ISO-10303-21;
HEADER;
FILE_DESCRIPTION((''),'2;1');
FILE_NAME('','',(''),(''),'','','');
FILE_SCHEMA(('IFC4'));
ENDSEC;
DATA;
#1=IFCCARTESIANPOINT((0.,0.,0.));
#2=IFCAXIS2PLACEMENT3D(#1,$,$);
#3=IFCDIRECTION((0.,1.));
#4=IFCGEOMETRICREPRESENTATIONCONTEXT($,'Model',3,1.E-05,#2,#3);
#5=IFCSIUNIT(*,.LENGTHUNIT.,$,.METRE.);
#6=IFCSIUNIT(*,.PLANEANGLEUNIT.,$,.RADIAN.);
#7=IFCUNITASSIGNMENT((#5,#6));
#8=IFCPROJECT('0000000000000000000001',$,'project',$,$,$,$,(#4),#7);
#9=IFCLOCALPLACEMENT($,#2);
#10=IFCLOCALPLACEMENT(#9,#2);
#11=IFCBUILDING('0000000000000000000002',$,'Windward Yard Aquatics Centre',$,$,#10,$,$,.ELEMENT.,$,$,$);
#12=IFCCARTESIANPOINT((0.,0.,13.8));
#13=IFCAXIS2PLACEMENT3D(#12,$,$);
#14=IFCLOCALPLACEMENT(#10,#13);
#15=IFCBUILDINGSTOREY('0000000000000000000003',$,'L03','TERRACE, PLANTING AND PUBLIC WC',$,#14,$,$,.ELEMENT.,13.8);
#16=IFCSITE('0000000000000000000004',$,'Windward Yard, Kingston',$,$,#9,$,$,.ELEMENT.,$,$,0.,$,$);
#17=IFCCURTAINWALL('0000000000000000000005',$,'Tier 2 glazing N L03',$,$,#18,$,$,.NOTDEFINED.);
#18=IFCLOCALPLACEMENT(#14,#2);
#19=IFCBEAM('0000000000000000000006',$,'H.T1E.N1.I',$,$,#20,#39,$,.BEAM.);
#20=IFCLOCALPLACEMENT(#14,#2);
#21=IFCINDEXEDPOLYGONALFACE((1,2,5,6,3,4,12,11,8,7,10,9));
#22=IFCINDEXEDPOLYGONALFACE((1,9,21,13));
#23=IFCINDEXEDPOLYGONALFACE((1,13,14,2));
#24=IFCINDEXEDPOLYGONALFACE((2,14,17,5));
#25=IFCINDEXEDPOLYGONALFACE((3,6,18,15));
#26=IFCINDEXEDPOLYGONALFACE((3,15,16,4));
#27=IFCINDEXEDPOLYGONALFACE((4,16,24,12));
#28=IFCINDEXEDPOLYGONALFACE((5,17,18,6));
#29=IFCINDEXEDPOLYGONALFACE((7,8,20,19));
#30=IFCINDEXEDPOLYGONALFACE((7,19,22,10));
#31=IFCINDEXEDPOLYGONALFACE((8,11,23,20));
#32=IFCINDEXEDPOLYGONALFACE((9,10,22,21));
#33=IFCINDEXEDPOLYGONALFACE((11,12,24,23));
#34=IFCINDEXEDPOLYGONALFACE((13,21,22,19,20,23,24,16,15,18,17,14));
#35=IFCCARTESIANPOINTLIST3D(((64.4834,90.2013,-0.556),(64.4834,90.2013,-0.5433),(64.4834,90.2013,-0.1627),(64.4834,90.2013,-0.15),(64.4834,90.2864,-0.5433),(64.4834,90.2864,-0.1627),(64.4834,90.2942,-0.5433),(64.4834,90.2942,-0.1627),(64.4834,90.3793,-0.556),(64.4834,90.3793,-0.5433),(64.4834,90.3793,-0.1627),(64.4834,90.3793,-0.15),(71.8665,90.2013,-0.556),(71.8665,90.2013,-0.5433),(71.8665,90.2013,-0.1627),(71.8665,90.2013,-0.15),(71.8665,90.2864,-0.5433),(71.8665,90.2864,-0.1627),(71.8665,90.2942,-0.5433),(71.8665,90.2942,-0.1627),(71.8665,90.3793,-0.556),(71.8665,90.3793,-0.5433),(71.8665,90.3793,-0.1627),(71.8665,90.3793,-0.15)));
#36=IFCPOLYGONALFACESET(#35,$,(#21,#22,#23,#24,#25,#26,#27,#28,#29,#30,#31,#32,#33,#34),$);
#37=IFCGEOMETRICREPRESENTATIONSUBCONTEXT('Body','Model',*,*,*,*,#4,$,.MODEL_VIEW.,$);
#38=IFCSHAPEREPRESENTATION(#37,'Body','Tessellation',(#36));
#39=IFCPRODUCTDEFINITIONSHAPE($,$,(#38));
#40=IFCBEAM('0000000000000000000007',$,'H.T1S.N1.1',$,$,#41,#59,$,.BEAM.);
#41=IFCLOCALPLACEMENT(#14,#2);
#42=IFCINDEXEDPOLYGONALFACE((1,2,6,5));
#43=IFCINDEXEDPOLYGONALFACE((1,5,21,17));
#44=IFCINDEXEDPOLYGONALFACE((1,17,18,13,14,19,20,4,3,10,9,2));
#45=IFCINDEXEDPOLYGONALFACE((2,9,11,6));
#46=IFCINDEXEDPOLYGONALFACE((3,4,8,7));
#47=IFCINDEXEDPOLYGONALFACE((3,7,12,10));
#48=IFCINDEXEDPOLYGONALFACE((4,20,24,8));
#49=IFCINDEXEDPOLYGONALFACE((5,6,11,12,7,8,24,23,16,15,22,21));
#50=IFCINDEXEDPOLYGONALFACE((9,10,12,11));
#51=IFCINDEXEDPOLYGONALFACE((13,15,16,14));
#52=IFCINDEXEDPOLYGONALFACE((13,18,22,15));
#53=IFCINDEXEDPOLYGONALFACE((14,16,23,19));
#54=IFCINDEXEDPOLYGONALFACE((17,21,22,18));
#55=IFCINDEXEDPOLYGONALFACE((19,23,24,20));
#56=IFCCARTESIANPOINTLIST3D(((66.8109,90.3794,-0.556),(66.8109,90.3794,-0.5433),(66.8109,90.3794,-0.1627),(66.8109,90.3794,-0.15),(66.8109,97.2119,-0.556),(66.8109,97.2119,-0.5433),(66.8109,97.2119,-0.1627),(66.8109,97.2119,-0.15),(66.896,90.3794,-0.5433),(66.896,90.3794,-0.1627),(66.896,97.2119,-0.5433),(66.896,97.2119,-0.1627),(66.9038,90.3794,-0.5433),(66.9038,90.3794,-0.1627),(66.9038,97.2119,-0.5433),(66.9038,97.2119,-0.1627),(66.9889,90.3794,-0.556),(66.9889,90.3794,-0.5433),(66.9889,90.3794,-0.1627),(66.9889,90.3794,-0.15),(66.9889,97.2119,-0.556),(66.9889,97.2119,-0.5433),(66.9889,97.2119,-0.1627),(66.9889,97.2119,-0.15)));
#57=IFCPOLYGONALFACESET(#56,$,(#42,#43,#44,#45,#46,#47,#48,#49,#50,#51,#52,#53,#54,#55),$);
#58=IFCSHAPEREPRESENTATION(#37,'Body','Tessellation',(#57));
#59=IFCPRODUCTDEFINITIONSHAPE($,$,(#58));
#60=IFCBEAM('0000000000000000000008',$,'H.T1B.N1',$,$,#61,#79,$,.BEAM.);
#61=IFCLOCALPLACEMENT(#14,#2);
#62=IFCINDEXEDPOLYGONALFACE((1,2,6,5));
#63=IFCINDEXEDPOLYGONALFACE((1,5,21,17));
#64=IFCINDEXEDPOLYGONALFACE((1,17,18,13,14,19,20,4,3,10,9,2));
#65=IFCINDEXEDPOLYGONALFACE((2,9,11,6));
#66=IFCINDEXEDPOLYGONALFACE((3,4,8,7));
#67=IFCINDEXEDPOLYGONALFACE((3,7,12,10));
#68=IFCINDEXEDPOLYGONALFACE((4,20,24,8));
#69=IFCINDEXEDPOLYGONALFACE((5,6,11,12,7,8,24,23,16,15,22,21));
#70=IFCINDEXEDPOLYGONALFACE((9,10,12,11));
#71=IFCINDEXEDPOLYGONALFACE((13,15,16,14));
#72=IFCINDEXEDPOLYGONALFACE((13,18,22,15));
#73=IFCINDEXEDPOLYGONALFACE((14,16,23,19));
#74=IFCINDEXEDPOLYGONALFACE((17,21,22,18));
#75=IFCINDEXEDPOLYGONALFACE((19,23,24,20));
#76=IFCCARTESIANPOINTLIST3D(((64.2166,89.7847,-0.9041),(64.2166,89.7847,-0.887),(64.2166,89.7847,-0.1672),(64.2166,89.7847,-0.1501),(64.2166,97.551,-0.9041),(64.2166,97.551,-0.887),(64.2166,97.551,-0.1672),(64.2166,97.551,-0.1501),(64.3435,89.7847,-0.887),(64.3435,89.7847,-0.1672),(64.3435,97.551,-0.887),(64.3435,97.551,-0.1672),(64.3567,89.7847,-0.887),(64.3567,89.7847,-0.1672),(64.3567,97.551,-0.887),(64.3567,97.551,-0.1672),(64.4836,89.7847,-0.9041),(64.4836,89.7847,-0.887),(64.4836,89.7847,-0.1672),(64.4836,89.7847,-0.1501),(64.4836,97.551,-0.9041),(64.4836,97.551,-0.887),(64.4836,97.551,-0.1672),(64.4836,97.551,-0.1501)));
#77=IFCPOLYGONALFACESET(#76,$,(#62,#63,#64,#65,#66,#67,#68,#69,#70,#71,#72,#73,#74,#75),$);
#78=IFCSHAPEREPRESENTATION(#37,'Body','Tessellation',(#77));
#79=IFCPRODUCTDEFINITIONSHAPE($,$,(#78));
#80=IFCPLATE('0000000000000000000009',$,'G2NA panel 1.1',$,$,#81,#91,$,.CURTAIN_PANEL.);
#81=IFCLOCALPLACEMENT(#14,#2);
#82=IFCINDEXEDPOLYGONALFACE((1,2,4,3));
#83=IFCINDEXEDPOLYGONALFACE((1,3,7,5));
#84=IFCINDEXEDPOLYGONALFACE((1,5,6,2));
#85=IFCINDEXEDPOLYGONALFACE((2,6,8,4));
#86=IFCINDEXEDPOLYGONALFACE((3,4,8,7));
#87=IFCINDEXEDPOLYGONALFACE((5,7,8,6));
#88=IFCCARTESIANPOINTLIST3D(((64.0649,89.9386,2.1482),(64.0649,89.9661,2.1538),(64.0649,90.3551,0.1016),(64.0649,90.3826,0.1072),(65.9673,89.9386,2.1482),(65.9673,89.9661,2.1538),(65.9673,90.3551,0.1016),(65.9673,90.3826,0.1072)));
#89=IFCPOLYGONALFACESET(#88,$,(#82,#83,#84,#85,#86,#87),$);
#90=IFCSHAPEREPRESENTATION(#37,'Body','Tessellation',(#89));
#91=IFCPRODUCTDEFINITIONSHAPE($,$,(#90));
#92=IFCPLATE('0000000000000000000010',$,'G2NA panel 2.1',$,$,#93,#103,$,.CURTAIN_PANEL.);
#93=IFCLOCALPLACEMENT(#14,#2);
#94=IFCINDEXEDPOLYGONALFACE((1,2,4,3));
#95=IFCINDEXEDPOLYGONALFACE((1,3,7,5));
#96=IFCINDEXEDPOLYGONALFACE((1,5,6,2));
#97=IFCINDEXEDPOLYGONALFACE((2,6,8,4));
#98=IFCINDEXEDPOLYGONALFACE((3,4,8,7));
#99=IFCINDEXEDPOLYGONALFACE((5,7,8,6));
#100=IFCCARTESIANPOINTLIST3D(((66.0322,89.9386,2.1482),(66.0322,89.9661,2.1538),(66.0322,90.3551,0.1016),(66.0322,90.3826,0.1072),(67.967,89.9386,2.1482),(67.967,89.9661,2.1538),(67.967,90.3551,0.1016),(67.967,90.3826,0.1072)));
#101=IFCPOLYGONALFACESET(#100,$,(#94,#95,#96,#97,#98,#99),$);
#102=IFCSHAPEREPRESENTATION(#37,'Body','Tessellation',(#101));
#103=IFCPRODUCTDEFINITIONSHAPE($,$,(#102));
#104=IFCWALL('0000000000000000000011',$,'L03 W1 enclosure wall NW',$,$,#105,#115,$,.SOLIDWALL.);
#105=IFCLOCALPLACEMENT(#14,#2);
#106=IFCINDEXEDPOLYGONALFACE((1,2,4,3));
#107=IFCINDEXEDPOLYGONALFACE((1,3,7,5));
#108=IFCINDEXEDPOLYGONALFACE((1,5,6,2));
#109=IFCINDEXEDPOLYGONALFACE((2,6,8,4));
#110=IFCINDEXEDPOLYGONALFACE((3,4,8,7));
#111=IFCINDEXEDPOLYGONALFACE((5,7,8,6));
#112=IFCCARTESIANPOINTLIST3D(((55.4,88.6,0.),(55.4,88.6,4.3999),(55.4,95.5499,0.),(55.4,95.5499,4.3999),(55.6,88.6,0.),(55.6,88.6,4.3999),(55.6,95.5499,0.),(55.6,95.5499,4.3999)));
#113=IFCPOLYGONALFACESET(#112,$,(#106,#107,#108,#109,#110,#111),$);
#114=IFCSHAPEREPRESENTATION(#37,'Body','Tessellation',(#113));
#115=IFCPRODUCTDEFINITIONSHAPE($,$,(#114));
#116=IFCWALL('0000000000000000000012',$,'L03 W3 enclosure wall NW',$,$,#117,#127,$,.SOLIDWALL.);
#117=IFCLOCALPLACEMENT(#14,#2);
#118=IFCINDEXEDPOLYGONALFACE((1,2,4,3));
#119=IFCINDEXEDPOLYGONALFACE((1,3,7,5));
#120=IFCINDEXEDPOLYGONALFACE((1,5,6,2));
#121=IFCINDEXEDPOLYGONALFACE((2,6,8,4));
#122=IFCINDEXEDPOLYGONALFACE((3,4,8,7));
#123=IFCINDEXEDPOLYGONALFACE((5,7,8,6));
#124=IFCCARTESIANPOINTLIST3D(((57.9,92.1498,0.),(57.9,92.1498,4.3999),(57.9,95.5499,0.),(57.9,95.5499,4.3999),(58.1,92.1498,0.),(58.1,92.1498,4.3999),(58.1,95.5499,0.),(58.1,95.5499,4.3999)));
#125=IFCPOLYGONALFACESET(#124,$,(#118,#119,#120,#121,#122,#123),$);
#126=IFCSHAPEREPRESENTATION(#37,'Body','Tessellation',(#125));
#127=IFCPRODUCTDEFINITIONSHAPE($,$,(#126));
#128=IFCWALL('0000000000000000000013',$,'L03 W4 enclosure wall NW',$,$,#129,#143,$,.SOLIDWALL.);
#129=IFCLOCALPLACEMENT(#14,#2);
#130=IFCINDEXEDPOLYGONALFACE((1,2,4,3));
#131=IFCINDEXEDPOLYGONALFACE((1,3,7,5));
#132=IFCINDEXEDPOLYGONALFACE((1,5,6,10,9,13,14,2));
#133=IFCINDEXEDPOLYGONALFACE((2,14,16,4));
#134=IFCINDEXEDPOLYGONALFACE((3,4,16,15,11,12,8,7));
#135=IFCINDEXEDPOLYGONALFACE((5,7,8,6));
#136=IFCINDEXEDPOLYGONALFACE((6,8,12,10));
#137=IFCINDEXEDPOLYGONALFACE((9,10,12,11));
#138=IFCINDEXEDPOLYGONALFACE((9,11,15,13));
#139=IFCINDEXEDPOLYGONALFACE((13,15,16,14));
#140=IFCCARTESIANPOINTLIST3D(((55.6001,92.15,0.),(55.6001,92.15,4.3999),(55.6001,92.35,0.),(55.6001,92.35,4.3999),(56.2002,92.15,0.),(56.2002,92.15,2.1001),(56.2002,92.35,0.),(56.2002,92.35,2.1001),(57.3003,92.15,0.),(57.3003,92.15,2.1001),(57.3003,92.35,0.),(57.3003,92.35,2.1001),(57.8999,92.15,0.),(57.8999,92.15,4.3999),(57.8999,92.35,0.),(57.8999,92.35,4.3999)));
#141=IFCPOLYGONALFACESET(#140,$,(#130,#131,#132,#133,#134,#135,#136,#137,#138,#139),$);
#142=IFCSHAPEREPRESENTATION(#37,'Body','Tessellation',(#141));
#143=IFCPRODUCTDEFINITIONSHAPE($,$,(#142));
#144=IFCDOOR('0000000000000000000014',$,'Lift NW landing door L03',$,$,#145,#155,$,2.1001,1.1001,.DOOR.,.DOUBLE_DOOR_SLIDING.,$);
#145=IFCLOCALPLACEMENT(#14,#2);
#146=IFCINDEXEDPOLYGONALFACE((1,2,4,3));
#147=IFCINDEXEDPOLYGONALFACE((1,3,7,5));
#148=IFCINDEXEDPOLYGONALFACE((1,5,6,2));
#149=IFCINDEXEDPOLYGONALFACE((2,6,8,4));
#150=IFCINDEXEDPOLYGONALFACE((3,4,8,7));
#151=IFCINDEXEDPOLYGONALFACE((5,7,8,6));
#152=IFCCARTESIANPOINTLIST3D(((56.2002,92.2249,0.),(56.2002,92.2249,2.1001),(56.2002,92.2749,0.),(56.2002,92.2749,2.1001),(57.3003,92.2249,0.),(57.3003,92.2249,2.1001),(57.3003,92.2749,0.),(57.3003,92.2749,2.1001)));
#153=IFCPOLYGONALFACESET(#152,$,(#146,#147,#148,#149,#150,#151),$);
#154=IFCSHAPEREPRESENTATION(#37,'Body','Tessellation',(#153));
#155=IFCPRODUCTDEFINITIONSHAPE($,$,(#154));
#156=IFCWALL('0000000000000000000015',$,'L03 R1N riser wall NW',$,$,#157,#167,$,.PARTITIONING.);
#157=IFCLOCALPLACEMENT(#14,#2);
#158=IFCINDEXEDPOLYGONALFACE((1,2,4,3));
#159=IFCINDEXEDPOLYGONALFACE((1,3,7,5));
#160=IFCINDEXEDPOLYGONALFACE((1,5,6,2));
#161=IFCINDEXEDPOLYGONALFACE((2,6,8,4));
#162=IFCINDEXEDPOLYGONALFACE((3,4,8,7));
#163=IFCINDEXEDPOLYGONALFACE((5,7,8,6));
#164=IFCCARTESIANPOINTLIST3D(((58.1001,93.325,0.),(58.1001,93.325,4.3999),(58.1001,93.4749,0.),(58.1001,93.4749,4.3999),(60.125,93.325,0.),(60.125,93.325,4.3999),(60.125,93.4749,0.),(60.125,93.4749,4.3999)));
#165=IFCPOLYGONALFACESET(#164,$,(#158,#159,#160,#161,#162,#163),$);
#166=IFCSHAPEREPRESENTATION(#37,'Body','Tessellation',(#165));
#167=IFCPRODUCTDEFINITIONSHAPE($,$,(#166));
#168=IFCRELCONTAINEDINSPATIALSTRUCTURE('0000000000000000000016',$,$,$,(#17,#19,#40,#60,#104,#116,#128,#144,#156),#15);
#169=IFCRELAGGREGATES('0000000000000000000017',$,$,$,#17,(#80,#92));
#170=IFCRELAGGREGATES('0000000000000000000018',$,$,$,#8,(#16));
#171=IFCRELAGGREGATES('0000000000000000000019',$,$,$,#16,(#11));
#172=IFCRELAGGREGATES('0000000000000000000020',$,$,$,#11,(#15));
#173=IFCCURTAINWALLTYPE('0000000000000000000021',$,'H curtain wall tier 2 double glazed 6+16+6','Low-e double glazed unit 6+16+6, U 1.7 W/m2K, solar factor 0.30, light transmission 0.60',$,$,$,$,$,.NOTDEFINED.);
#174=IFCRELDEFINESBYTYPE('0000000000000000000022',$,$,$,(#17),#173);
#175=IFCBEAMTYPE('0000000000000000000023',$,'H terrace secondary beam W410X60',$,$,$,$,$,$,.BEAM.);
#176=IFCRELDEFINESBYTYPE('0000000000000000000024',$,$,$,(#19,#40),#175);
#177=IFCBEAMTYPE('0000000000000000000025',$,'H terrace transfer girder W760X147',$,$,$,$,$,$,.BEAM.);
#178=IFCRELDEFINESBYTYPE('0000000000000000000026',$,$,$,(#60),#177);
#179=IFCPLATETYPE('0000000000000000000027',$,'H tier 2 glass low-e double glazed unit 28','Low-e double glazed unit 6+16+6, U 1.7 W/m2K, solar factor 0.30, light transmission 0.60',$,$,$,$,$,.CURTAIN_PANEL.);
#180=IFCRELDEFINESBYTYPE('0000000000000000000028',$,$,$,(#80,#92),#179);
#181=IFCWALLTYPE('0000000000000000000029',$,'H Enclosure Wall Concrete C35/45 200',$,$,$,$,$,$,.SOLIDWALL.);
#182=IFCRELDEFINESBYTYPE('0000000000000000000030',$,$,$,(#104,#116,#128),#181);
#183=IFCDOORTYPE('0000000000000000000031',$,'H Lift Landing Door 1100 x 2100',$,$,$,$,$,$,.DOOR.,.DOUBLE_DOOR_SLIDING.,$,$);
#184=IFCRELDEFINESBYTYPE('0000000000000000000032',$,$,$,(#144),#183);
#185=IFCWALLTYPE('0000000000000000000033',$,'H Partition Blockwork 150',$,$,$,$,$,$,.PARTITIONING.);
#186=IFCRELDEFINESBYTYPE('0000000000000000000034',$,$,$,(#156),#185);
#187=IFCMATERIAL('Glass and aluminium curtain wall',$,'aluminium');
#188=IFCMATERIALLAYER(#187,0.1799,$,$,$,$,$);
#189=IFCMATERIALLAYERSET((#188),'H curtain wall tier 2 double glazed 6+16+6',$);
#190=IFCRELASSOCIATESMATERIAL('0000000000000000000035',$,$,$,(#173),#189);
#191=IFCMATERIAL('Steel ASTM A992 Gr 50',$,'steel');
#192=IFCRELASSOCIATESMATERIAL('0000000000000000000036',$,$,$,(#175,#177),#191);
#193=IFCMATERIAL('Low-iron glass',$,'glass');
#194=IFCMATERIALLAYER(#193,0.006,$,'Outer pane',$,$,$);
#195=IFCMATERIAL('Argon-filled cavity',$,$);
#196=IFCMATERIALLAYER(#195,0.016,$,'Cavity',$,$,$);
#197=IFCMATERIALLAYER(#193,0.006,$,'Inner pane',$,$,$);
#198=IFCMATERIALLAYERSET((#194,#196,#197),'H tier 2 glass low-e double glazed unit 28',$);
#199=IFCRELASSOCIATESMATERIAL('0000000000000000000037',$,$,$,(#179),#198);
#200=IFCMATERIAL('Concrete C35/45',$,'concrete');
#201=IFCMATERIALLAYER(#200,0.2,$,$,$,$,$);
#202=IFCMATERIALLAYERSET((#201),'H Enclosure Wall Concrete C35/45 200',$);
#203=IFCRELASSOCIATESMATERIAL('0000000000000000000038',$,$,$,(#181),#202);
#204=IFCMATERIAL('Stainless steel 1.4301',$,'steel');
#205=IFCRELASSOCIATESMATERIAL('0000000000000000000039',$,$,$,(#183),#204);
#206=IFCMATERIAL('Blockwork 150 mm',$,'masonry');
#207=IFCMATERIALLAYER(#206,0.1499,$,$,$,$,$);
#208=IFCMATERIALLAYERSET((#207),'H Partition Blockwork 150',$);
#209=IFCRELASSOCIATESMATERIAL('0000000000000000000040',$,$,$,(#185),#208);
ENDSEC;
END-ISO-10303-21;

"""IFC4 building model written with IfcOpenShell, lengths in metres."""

from ifc_helpers import new_model, si_unit, direction, frame, frame_2d, origin, origin_2d, place, context, subcontext, project, spatial, polyline, rectangle, i_section, outline, extrude, material, layer, layer_set, material_profile, profile_set, type_object, element, fill, aggregate, save


model = new_model("IFC4")

# Units and contexts
model_context = context("Model", 3, precision=1e-05, world=origin(), true_north=direction((0.0, 1.0)))
body_context = subcontext(model_context, "Body", "Model", "MODEL_VIEW")
ifc_project = project(units=[si_unit("LENGTHUNIT", "METRE"), si_unit("PLANEANGLEUNIT", "RADIAN")], contexts=[model_context])

# Site, building, storey
site_placement = place(None, origin())
site = spatial("IfcSite", under=ifc_project, at=site_placement, Name="Windward Yard, Kingston", CompositionType="ELEMENT", RefElevation=0.0)
building_placement = place(site_placement, origin())
building = spatial("IfcBuilding", under=site, at=building_placement, Name="Windward Yard Aquatics Centre", CompositionType="ELEMENT")
storey_placement = place(building_placement, frame((0.0, 0.0, 13.8)))
storey = spatial("IfcBuildingStorey", under=building, at=storey_placement, Name="L03", Description="TERRACE, PLANTING AND PUBLIC WC", CompositionType="ELEMENT", Elevation=13.8)

# Curtain wall
ifc_material_1 = material(Name="Glass and aluminium curtain wall", Category="aluminium")
ifc_layer_1 = layer(ifc_material_1, 0.1799)
ifc_layer_set_1 = layer_set([ifc_layer_1], Name="H curtain wall tier 2 double glazed 6+16+6")
curtain_wall_type = type_object("IfcCurtainWallType", Name="H curtain wall tier 2 double glazed 6+16+6", Description="Low-e double glazed unit 6+16+6, U 1.7 W/m2K, solar factor 0.30, light transmission 0.60", PredefinedType="NOTDEFINED", material=ifc_layer_set_1)
curtain_wall_placement = place(storey_placement, origin())
curtain_wall = element("IfcCurtainWall", 1, at=curtain_wall_placement, inside=storey, type_object=curtain_wall_type, Name="Tier 2 glazing N L03", PredefinedType="NOTDEFINED")

# Beams
ifc_material_2 = material(Name="Steel ASTM A992 Gr 50", Category="steel")
ifc_material_profile_1 = material_profile(ifc_material_2, i_section(OverallWidth=0.178, OverallDepth=0.406, WebThickness=0.0078, FlangeThickness=0.0127, at=origin_2d()), Name="W410X60")
ifc_profile_set_1 = profile_set([ifc_material_profile_1], Name="Steel ASTM A992 Gr 50")
beam_type_1 = type_object("IfcBeamType", Name="H terrace secondary beam W410X60", PredefinedType="BEAM", material=ifc_profile_set_1)
for number, where, z_axis, x_axis, name in (
    (2, (64.4834, 90.2903, -0.353), (1.0, 0.0, 0.0), (0.0, 1.0, 0.0), "H.T1E.N1.I"),
):
    element("IfcBeam", number, at=place(storey_placement, frame(where, z_axis=z_axis, x_axis=x_axis)), inside=storey, type_object=beam_type_1, Name=name, PredefinedType="BEAM", context=body_context, shape_type="SweptSolid", body=[
        extrude(i_section(OverallWidth=0.178, OverallDepth=0.406, WebThickness=0.0078, FlangeThickness=0.0127, at=origin_2d()), origin(), (0.0, 0.0, 1.0), 7.3831),
    ])
beam_1_placement = place(storey_placement, frame((66.8999, 97.2119, -0.353), z_axis=(0.0, -1.0, 0.0), x_axis=(1.0, 0.0, 0.0)))
element("IfcBeam", 3, at=beam_1_placement, inside=storey, type_object=beam_type_1, Name="H.T1S.N1.1", PredefinedType="BEAM", context=body_context, shape_type="SweptSolid", body=[
    extrude(i_section(OverallWidth=0.178, OverallDepth=0.406, WebThickness=0.0078, FlangeThickness=0.0127, at=origin_2d()), origin(), (0.0, 0.0, 1.0), 6.8325),
])
ifc_material_profile_2 = material_profile(ifc_material_2, i_section(OverallWidth=0.2671, OverallDepth=0.7539, WebThickness=0.0132, FlangeThickness=0.0171, at=origin_2d()), Name="W760X147")
ifc_profile_set_2 = profile_set([ifc_material_profile_2], Name="Steel ASTM A992 Gr 50")
beam_type_2 = type_object("IfcBeamType", Name="H terrace transfer girder W760X147", PredefinedType="BEAM", material=ifc_profile_set_2)
beam_2_placement = place(storey_placement, frame((64.3501, 97.551, -0.5271), z_axis=(0.0, -1.0, 0.0), x_axis=(1.0, 0.0, 0.0)))
element("IfcBeam", 4, at=beam_2_placement, inside=storey, type_object=beam_type_2, Name="H.T1B.N1", PredefinedType="BEAM", context=body_context, shape_type="SweptSolid", body=[
    extrude(i_section(OverallWidth=0.2671, OverallDepth=0.7539, WebThickness=0.0132, FlangeThickness=0.0171, at=origin_2d()), origin(), (0.0, 0.0, 1.0), 7.7664),
])

# Plates
ifc_material_3 = material(Name="Low-iron glass", Category="glass")
ifc_layer_2 = layer(ifc_material_3, 0.006, Name="Outer pane")
ifc_material_4 = material(Name="Argon-filled cavity")
ifc_layer_3 = layer(ifc_material_4, 0.016, Name="Cavity")
ifc_layer_4 = layer(ifc_material_3, 0.006, Name="Inner pane")
ifc_layer_set_2 = layer_set([ifc_layer_2, ifc_layer_3, ifc_layer_4], Name="H tier 2 glass low-e double glazed unit 28")
plate_type = type_object("IfcPlateType", Name="H tier 2 glass low-e double glazed unit 28", Description="Low-e double glazed unit 6+16+6, U 1.7 W/m2K, solar factor 0.30, light transmission 0.60", PredefinedType="CURTAIN_PANEL", material=ifc_layer_set_2)
plate_1_placement = place(storey_placement, frame((64.0649, 89.9661, 2.1538), z_axis=(0.0, 0.979914, 0.199419), x_axis=(0.0, 0.199419, -0.979914)))
plate_1 = element("IfcPlate", 5, at=plate_1_placement, type_object=plate_type, Name="G2NA panel 1.1", PredefinedType="CURTAIN_PANEL", context=body_context, shape_type="SweptSolid", body=[
    extrude(outline(polyline([(0.0, 0.0), (2.0886, 0.0), (2.0886, -1.9023), (0.0, -1.9023), (0.0, 0.0)])), origin(), (0.0, 0.0, -1.0), 0.0281),
])
plate_2_placement = place(storey_placement, frame((66.0322, 89.9661, 2.1538), z_axis=(0.0, 0.979914, 0.199419), x_axis=(0.0, 0.199419, -0.979914)))
plate_2 = element("IfcPlate", 6, at=plate_2_placement, type_object=plate_type, Name="G2NA panel 2.1", PredefinedType="CURTAIN_PANEL", context=body_context, shape_type="SweptSolid", body=[
    extrude(outline(polyline([(0.0, 0.0), (2.0886, 0.0), (2.0886, -1.9348), (0.0, -1.9348), (0.0, 0.0)])), origin(), (0.0, 0.0, -1.0), 0.0281),
])
aggregate(curtain_wall, [plate_1, plate_2])

# Walls
ifc_material_5 = material(Name="Concrete C35/45", Category="concrete")
ifc_layer_5 = layer(ifc_material_5, 0.2)
ifc_layer_set_3 = layer_set([ifc_layer_5], Name="H Enclosure Wall Concrete C35/45 200")
wall_type_1 = type_object("IfcWallType", Name="H Enclosure Wall Concrete C35/45 200", PredefinedType="SOLIDWALL", material=ifc_layer_set_3)
wall_1_placement = place(storey_placement, frame((55.5, 95.55, 0.0), z_axis=(0.0, 0.0, 1.0), x_axis=(0.0, -1.0, 0.0)))
element("IfcWall", 7, at=wall_1_placement, inside=storey, type_object=wall_type_1, Name="L03 W1 enclosure wall NW", PredefinedType="SOLIDWALL", context=body_context, shape_type="SweptSolid", body=[
    extrude(rectangle(XDim=6.95, YDim=0.2, at=frame_2d((3.4751, 0.0))), origin(), (0.0, 0.0, 1.0), 4.3999),
])
wall_2_placement = place(storey_placement, frame((58.0, 95.55, 0.0), z_axis=(0.0, 0.0, 1.0), x_axis=(0.0, -1.0, 0.0)))
element("IfcWall", 8, at=wall_2_placement, inside=storey, type_object=wall_type_1, Name="L03 W3 enclosure wall NW", PredefinedType="SOLIDWALL", context=body_context, shape_type="SweptSolid", body=[
    extrude(rectangle(XDim=3.4001, YDim=0.2, at=frame_2d((1.7002, 0.0))), origin(), (0.0, 0.0, 1.0), 4.3999),
])

# Wall, opening, door
wall_3_placement = place(storey_placement, frame((55.6001, 92.25, 0.0), z_axis=(0.0, 0.0, 1.0), x_axis=(1.0, 0.0, 0.0)))
wall_3 = element("IfcWall", 9, at=wall_3_placement, inside=storey, type_object=wall_type_1, Name="L03 W4 enclosure wall NW", PredefinedType="SOLIDWALL", context=body_context, shape_type="SweptSolid", body=[
    extrude(rectangle(XDim=2.2998, YDim=0.2, at=frame_2d((1.1499, 0.0))), origin(), (0.0, 0.0, 1.0), 4.3999),
])
opening_1_placement = place(wall_3_placement, frame((0.6001, 0.0, 0.0)))
opening_1 = element("IfcOpeningElement", 10, at=opening_1_placement, cuts=wall_3, PredefinedType="OPENING", context=body_context, shape_type="SweptSolid", body=[
    extrude(rectangle(XDim=1.1001, YDim=2.1001, at=frame_2d((0.55, 1.05))), frame((0.0, 0.1099, 0.0), z_axis=(0.0, -1.0, 0.0), x_axis=(1.0, 0.0, 0.0)), (0.0, 0.0, 1.0), 0.22),
])
ifc_material_6 = material(Name="Stainless steel 1.4301", Category="steel")
door_type_1 = type_object("IfcDoorType", Name="H Lift Landing Door 1100 x 2100", OperationType="DOUBLE_DOOR_SLIDING", PredefinedType="DOOR", material=ifc_material_6)
door_1_placement = place(opening_1_placement, origin())
door_1 = element("IfcDoor", 11, at=door_1_placement, inside=storey, type_object=door_type_1, Name="Lift NW landing door L03", OperationType="DOUBLE_DOOR_SLIDING", OverallHeight=2.1001, OverallWidth=1.1001, PredefinedType="DOOR", context=body_context, shape_type="SweptSolid", body=[
    extrude(rectangle(XDim=1.1001, YDim=2.1001, at=frame_2d((0.55, 1.05))), frame((0.0, 0.0249, 0.0), z_axis=(0.0, -1.0, 0.0), x_axis=(1.0, 0.0, 0.0)), (0.0, 0.0, 1.0), 0.05),
])
fill(opening_1, door_1)

# Wall
ifc_material_7 = material(Name="Blockwork 150 mm", Category="masonry")
ifc_layer_6 = layer(ifc_material_7, 0.1499)
ifc_layer_set_4 = layer_set([ifc_layer_6], Name="H Partition Blockwork 150")
wall_type_2 = type_object("IfcWallType", Name="H Partition Blockwork 150", PredefinedType="PARTITIONING", material=ifc_layer_set_4)
wall_4_placement = place(storey_placement, frame((58.1001, 93.3999, 0.0), z_axis=(0.0, 0.0, 1.0), x_axis=(1.0, 0.0, 0.0)))
element("IfcWall", 12, at=wall_4_placement, inside=storey, type_object=wall_type_2, Name="L03 R1N riser wall NW", PredefinedType="PARTITIONING", context=body_context, shape_type="SweptSolid", body=[
    extrude(rectangle(XDim=2.0249, YDim=0.1499, at=frame_2d((1.0125, 0.0))), origin(), (0.0, 0.0, 1.0), 4.3999),
])

save(model, "model.ifc")
